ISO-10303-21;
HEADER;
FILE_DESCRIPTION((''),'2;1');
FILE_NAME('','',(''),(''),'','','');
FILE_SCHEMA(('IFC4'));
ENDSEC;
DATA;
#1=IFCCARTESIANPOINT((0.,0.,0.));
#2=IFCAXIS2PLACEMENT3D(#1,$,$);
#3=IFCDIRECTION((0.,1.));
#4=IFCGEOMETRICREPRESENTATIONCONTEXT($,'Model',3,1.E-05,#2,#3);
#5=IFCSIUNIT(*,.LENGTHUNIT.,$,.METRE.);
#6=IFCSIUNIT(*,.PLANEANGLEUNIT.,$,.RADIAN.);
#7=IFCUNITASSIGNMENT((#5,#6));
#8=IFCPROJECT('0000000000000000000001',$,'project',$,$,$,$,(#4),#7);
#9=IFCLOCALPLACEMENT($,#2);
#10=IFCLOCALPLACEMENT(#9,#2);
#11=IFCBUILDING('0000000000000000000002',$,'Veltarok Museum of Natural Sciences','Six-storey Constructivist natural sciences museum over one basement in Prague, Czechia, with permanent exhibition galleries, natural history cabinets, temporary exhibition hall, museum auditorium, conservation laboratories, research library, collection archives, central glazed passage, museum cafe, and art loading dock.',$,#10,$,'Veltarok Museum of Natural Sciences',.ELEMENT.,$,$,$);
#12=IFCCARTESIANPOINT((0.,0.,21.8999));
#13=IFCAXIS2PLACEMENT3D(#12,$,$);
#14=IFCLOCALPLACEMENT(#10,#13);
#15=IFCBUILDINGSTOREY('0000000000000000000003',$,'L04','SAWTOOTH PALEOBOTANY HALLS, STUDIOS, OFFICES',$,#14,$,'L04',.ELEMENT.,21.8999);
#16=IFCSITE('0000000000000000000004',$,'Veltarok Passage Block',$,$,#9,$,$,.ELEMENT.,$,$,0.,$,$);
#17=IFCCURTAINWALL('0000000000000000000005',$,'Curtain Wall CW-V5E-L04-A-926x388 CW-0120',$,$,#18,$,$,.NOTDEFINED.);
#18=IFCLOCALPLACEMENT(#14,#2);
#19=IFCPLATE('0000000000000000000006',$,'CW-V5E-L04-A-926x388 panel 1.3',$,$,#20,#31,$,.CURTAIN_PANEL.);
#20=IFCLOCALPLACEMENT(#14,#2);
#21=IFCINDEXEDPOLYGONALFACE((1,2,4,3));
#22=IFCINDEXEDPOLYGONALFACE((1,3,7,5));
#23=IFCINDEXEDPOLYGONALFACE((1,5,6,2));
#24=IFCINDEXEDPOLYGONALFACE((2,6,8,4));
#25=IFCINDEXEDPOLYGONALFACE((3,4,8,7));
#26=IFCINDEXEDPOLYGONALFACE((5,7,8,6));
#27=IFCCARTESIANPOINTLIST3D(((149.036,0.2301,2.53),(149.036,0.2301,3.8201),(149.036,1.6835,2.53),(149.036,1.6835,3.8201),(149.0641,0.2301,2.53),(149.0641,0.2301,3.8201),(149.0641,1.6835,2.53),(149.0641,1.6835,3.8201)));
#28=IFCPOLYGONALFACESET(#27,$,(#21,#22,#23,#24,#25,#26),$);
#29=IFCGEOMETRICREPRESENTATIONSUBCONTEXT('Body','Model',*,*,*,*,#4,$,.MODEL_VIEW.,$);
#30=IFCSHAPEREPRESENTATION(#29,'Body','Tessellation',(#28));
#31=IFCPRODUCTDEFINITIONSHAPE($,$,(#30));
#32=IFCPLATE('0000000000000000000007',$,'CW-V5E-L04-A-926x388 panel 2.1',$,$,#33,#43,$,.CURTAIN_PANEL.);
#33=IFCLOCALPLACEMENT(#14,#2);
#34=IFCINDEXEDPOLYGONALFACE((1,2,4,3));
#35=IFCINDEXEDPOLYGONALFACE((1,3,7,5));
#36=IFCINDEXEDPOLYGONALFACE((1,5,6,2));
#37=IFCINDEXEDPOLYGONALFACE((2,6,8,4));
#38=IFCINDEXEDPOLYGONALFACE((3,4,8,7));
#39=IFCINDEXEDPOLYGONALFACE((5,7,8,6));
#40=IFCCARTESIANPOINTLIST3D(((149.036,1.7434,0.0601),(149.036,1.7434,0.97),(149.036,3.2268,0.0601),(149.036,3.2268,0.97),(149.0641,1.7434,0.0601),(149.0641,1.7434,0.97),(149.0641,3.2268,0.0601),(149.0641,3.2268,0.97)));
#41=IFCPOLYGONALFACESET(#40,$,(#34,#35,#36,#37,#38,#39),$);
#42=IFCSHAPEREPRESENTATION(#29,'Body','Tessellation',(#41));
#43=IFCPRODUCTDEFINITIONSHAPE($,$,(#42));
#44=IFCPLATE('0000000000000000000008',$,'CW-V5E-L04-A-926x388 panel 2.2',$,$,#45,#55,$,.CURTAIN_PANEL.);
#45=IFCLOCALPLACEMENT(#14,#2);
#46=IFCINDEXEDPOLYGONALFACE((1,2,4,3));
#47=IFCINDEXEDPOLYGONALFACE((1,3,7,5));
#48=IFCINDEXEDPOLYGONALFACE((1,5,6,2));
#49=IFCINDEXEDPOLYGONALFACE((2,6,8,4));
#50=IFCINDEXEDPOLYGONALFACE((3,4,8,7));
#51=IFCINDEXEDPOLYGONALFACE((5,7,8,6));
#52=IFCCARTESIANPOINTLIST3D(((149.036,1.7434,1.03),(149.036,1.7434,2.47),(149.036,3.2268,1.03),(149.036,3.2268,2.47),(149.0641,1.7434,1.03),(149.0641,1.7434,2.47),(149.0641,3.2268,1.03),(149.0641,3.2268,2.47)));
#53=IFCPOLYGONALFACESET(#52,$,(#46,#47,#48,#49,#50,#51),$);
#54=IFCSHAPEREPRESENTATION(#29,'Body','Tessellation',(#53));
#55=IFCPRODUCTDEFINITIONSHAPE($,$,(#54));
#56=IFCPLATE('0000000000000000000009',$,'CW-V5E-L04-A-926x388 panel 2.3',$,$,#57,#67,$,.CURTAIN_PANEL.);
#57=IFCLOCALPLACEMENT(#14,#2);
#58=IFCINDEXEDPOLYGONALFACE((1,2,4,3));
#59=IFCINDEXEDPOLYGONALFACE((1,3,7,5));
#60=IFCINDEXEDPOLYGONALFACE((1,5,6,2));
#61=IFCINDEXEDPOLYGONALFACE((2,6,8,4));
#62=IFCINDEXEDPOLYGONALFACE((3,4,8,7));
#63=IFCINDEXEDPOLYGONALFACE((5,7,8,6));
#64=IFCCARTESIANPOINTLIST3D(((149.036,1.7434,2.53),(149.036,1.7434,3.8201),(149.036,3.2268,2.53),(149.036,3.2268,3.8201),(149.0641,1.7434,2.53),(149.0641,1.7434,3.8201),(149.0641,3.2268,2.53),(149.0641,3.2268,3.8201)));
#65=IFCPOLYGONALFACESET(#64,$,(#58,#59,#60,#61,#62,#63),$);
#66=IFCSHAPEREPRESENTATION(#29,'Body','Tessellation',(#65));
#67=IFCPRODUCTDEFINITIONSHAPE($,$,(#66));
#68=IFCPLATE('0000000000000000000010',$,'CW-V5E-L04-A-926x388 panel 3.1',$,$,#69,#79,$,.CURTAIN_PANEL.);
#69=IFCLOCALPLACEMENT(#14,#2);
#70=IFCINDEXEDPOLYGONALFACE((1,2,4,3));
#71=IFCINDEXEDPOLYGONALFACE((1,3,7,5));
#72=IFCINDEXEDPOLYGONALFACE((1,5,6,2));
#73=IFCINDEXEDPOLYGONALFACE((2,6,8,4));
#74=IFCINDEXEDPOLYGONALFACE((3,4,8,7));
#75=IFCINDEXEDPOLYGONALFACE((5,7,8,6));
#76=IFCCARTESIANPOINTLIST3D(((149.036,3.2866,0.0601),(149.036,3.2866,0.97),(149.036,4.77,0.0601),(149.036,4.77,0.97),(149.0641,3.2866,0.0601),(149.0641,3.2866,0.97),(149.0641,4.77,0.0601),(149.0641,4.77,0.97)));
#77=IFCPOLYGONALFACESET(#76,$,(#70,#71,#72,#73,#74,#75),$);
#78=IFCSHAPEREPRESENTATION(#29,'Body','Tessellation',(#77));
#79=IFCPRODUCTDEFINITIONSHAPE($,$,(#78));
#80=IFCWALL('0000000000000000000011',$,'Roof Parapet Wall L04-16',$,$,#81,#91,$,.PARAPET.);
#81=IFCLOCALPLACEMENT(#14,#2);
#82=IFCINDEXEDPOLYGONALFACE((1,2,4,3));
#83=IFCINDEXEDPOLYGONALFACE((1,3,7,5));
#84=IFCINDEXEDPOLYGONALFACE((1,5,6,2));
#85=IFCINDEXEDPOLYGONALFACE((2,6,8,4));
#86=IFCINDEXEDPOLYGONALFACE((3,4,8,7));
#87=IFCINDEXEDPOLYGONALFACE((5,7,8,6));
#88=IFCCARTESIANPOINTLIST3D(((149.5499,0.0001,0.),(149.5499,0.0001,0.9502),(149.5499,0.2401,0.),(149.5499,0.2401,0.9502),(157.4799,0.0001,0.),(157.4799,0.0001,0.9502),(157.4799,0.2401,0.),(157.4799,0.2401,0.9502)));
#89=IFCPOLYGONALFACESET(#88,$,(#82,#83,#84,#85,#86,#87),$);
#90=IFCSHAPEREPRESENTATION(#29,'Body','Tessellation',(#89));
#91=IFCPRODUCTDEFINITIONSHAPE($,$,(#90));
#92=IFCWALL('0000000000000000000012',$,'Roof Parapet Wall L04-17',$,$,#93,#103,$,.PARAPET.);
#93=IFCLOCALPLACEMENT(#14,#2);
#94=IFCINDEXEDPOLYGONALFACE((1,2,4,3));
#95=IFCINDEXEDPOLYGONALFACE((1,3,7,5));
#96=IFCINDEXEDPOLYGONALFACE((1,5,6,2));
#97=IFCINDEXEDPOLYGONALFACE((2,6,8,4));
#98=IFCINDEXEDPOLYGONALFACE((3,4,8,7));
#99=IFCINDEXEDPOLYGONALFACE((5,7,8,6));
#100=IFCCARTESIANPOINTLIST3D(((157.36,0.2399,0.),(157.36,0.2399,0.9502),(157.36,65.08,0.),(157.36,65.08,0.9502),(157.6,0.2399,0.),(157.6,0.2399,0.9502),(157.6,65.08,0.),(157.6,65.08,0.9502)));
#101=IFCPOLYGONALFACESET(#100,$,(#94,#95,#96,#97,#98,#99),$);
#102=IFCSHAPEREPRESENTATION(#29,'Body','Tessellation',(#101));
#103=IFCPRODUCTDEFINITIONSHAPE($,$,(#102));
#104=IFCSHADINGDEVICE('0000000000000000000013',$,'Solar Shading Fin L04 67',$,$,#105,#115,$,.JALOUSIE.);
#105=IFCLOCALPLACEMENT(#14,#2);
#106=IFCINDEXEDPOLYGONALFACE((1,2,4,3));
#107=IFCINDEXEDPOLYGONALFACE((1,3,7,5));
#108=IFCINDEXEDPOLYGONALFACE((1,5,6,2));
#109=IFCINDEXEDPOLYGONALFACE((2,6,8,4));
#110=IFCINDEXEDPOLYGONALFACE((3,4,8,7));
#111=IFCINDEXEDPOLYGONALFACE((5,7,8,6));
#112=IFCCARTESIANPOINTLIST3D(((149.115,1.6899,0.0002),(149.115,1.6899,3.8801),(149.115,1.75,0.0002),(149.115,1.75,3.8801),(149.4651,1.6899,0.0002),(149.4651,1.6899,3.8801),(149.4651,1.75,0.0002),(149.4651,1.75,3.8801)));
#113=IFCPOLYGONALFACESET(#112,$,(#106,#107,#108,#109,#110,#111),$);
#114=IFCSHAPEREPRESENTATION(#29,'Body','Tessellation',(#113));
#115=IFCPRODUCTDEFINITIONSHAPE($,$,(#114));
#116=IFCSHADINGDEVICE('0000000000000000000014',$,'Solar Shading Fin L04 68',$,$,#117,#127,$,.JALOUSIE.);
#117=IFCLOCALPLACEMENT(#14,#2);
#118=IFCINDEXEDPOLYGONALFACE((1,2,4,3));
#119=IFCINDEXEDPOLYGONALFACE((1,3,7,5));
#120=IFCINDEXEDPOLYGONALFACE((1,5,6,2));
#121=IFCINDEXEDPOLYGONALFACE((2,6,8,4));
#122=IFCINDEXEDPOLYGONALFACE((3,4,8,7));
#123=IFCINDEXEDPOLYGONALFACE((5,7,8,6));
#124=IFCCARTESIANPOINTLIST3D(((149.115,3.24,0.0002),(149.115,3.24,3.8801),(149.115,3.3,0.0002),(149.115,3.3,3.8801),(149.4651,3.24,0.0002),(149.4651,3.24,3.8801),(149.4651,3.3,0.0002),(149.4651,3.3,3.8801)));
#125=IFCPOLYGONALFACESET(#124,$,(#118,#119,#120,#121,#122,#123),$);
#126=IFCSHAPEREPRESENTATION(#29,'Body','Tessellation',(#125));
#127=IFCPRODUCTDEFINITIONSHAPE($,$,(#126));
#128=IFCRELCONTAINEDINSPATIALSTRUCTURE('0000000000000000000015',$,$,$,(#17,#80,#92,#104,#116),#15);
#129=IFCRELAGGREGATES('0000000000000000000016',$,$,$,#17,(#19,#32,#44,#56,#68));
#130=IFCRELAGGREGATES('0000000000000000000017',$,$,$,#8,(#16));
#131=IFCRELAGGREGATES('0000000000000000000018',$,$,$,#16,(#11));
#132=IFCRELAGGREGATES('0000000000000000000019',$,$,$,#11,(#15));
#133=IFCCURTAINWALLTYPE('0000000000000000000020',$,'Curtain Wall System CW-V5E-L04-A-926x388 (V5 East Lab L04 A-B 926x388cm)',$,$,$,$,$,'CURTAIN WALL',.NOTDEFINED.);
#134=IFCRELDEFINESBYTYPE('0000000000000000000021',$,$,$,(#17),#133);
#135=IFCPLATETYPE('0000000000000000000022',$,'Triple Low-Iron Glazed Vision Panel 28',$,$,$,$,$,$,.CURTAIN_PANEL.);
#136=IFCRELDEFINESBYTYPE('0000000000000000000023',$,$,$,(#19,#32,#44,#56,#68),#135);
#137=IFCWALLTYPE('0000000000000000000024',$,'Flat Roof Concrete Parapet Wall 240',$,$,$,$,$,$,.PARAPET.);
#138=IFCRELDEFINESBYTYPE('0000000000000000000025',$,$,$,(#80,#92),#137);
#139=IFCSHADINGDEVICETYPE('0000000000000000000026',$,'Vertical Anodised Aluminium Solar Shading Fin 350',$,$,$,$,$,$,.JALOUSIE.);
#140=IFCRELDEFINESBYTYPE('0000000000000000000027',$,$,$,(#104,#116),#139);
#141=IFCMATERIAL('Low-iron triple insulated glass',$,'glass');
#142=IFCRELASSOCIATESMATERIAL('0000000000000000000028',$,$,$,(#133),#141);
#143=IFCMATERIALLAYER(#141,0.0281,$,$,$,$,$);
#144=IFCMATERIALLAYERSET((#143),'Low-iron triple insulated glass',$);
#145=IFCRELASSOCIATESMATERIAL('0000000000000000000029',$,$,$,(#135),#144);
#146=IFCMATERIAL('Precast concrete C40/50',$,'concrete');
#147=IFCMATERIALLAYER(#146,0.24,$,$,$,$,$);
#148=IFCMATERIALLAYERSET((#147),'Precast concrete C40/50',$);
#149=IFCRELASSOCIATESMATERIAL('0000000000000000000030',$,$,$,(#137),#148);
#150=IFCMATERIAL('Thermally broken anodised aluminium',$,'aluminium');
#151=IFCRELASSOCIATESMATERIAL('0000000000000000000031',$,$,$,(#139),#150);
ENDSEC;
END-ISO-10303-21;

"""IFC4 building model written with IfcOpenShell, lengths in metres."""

from ifc_helpers import new_model, si_unit, direction, frame, frame_2d, origin, origin_2d, place, context, subcontext, project, spatial, rectangle, extrude, material, layer, layer_set, type_object, element, aggregate, save


model = new_model("IFC4")

# Units and contexts
model_context = context("Model", 3, precision=1e-05, world=origin(), true_north=direction((0.0, 1.0)))
body_context = subcontext(model_context, "Body", "Model", "MODEL_VIEW")
ifc_project = project(units=[si_unit("LENGTHUNIT", "METRE"), si_unit("PLANEANGLEUNIT", "RADIAN")], contexts=[model_context])

# Site, building, storey
site_placement = place(None, origin())
site = spatial("IfcSite", under=ifc_project, at=site_placement, Name="Veltarok Passage Block", CompositionType="ELEMENT", RefElevation=0.0)
building_placement = place(site_placement, origin())
building = spatial("IfcBuilding", under=site, at=building_placement, Name="Veltarok Museum of Natural Sciences", Description="Six-storey Constructivist natural sciences museum over one basement in Prague, Czechia, with permanent exhibition galleries, natural history cabinets, temporary exhibition hall, museum auditorium, conservation laboratories, research library, collection archives, central glazed passage, museum cafe, and art loading dock.", LongName="Veltarok Museum of Natural Sciences", CompositionType="ELEMENT")
storey_placement = place(building_placement, frame((0.0, 0.0, 21.8999)))
storey = spatial("IfcBuildingStorey", under=building, at=storey_placement, Name="L04", Description="SAWTOOTH PALEOBOTANY HALLS, STUDIOS, OFFICES", LongName="L04", CompositionType="ELEMENT", Elevation=21.8999)

# Curtain wall
ifc_material_1 = material(Name="Low-iron triple insulated glass", Category="glass")
curtain_wall_type = type_object("IfcCurtainWallType", Name="Curtain Wall System CW-V5E-L04-A-926x388 (V5 East Lab L04 A-B 926x388cm)", ElementType="CURTAIN WALL", PredefinedType="NOTDEFINED", material=ifc_material_1)
curtain_wall_placement = place(storey_placement, origin())
curtain_wall = element("IfcCurtainWall", 1, at=curtain_wall_placement, inside=storey, type_object=curtain_wall_type, Name="Curtain Wall CW-V5E-L04-A-926x388 CW-0120", PredefinedType="NOTDEFINED")
ifc_material_2 = material(Name="Thermally broken anodised aluminium", Category="aluminium")

# Shared definitions
ifc_material_3 = material(Name="Precast concrete C40/50", Category="concrete")

# Plates
ifc_layer_1 = layer(ifc_material_1, 0.0281)
ifc_layer_set_1 = layer_set([ifc_layer_1], Name="Low-iron triple insulated glass")
plate_type = type_object("IfcPlateType", Name="Triple Low-Iron Glazed Vision Panel 28", PredefinedType="CURTAIN_PANEL", material=ifc_layer_set_1)
plate_1_placement = place(storey_placement, frame((149.05, 0.9568, 2.53), z_axis=(0.0, 0.0, 1.0), x_axis=(0.0, 1.0, 0.0)))
plate_1 = element("IfcPlate", 2, at=plate_1_placement, type_object=plate_type, Name="CW-V5E-L04-A-926x388 panel 1.3", PredefinedType="CURTAIN_PANEL", context=body_context, shape_type="SweptSolid", body=[
    extrude(rectangle(XDim=1.4534, YDim=0.0281, at=origin_2d()), origin(), (0.0, 0.0, 1.0), 1.29),
])
plate_2_placement = place(storey_placement, frame((149.05, 2.4851, 0.0601), z_axis=(0.0, 0.0, 1.0), x_axis=(0.0, 1.0, 0.0)))
plate_2 = element("IfcPlate", 3, at=plate_2_placement, type_object=plate_type, Name="CW-V5E-L04-A-926x388 panel 2.1", PredefinedType="CURTAIN_PANEL", context=body_context, shape_type="SweptSolid", body=[
    extrude(rectangle(XDim=1.4834, YDim=0.0281, at=origin_2d()), origin(), (0.0, 0.0, 1.0), 0.9099),
])
plate_3_placement = place(storey_placement, frame((149.05, 2.4851, 1.03), z_axis=(0.0, 0.0, 1.0), x_axis=(0.0, 1.0, 0.0)))
plate_3 = element("IfcPlate", 4, at=plate_3_placement, type_object=plate_type, Name="CW-V5E-L04-A-926x388 panel 2.2", PredefinedType="CURTAIN_PANEL", context=body_context, shape_type="SweptSolid", body=[
    extrude(rectangle(XDim=1.4834, YDim=0.0281, at=origin_2d()), origin(), (0.0, 0.0, 1.0), 1.4399),
])
plate_4_placement = place(storey_placement, frame((149.05, 2.4851, 2.53), z_axis=(0.0, 0.0, 1.0), x_axis=(0.0, 1.0, 0.0)))
plate_4 = element("IfcPlate", 5, at=plate_4_placement, type_object=plate_type, Name="CW-V5E-L04-A-926x388 panel 2.3", PredefinedType="CURTAIN_PANEL", context=body_context, shape_type="SweptSolid", body=[
    extrude(rectangle(XDim=1.4834, YDim=0.0281, at=origin_2d()), origin(), (0.0, 0.0, 1.0), 1.29),
])
plate_5_placement = place(storey_placement, frame((149.05, 4.0283, 0.0601), z_axis=(0.0, 0.0, 1.0), x_axis=(0.0, 1.0, 0.0)))
plate_5 = element("IfcPlate", 6, at=plate_5_placement, type_object=plate_type, Name="CW-V5E-L04-A-926x388 panel 3.1", PredefinedType="CURTAIN_PANEL", context=body_context, shape_type="SweptSolid", body=[
    extrude(rectangle(XDim=1.4834, YDim=0.0281, at=origin_2d()), origin(), (0.0, 0.0, 1.0), 0.9099),
])
aggregate(curtain_wall, [plate_1, plate_2, plate_3, plate_4, plate_5])

# Walls
ifc_layer_2 = layer(ifc_material_3, 0.24)
ifc_layer_set_2 = layer_set([ifc_layer_2], Name="Precast concrete C40/50")
wall_type = type_object("IfcWallType", Name="Flat Roof Concrete Parapet Wall 240", PredefinedType="PARAPET", material=ifc_layer_set_2)
wall_1_placement = place(storey_placement, frame((149.55, 0.1201, 0.0), z_axis=(0.0, 0.0, 1.0), x_axis=(1.0, 0.0, 0.0)))
element("IfcWall", 7, at=wall_1_placement, inside=storey, type_object=wall_type, Name="Roof Parapet Wall L04-16", PredefinedType="PARAPET", context=body_context, shape_type="SweptSolid", body=[
    extrude(rectangle(XDim=7.9299, YDim=0.24, at=frame_2d((3.9648, 0.0))), origin(), (0.0, 0.0, 1.0), 0.9502),
])
wall_2_placement = place(storey_placement, frame((157.48, 0.24, 0.0), z_axis=(0.0, 0.0, 1.0), x_axis=(0.0, 1.0, 0.0)))
element("IfcWall", 8, at=wall_2_placement, inside=storey, type_object=wall_type, Name="Roof Parapet Wall L04-17", PredefinedType="PARAPET", context=body_context, shape_type="SweptSolid", body=[
    extrude(rectangle(XDim=64.8401, YDim=0.24, at=frame_2d((32.4199, 0.0))), origin(), (0.0, 0.0, 1.0), 0.9502),
])

# Shading devices
shading_device_type = type_object("IfcShadingDeviceType", Name="Vertical Anodised Aluminium Solar Shading Fin 350", PredefinedType="JALOUSIE", material=ifc_material_2)
for number, where, z_axis, x_axis, name in (
    (9, (149.29, 1.72, 0.0002), (0.0, 0.0, 1.0), (1.0, 0.0, 0.0), "Solar Shading Fin L04 67"),
    (10, (149.29, 3.27, 0.0002), (0.0, 0.0, 1.0), (1.0, 0.0, 0.0), "Solar Shading Fin L04 68"),
):
    element("IfcShadingDevice", number, at=place(storey_placement, frame(where, z_axis=z_axis, x_axis=x_axis)), inside=storey, type_object=shading_device_type, Name=name, PredefinedType="JALOUSIE", context=body_context, shape_type="SweptSolid", body=[
        extrude(rectangle(XDim=0.3501, YDim=0.0601, at=origin_2d()), origin(), (0.0, 0.0, 1.0), 3.8799),
    ])

save(model, "model.ifc")
